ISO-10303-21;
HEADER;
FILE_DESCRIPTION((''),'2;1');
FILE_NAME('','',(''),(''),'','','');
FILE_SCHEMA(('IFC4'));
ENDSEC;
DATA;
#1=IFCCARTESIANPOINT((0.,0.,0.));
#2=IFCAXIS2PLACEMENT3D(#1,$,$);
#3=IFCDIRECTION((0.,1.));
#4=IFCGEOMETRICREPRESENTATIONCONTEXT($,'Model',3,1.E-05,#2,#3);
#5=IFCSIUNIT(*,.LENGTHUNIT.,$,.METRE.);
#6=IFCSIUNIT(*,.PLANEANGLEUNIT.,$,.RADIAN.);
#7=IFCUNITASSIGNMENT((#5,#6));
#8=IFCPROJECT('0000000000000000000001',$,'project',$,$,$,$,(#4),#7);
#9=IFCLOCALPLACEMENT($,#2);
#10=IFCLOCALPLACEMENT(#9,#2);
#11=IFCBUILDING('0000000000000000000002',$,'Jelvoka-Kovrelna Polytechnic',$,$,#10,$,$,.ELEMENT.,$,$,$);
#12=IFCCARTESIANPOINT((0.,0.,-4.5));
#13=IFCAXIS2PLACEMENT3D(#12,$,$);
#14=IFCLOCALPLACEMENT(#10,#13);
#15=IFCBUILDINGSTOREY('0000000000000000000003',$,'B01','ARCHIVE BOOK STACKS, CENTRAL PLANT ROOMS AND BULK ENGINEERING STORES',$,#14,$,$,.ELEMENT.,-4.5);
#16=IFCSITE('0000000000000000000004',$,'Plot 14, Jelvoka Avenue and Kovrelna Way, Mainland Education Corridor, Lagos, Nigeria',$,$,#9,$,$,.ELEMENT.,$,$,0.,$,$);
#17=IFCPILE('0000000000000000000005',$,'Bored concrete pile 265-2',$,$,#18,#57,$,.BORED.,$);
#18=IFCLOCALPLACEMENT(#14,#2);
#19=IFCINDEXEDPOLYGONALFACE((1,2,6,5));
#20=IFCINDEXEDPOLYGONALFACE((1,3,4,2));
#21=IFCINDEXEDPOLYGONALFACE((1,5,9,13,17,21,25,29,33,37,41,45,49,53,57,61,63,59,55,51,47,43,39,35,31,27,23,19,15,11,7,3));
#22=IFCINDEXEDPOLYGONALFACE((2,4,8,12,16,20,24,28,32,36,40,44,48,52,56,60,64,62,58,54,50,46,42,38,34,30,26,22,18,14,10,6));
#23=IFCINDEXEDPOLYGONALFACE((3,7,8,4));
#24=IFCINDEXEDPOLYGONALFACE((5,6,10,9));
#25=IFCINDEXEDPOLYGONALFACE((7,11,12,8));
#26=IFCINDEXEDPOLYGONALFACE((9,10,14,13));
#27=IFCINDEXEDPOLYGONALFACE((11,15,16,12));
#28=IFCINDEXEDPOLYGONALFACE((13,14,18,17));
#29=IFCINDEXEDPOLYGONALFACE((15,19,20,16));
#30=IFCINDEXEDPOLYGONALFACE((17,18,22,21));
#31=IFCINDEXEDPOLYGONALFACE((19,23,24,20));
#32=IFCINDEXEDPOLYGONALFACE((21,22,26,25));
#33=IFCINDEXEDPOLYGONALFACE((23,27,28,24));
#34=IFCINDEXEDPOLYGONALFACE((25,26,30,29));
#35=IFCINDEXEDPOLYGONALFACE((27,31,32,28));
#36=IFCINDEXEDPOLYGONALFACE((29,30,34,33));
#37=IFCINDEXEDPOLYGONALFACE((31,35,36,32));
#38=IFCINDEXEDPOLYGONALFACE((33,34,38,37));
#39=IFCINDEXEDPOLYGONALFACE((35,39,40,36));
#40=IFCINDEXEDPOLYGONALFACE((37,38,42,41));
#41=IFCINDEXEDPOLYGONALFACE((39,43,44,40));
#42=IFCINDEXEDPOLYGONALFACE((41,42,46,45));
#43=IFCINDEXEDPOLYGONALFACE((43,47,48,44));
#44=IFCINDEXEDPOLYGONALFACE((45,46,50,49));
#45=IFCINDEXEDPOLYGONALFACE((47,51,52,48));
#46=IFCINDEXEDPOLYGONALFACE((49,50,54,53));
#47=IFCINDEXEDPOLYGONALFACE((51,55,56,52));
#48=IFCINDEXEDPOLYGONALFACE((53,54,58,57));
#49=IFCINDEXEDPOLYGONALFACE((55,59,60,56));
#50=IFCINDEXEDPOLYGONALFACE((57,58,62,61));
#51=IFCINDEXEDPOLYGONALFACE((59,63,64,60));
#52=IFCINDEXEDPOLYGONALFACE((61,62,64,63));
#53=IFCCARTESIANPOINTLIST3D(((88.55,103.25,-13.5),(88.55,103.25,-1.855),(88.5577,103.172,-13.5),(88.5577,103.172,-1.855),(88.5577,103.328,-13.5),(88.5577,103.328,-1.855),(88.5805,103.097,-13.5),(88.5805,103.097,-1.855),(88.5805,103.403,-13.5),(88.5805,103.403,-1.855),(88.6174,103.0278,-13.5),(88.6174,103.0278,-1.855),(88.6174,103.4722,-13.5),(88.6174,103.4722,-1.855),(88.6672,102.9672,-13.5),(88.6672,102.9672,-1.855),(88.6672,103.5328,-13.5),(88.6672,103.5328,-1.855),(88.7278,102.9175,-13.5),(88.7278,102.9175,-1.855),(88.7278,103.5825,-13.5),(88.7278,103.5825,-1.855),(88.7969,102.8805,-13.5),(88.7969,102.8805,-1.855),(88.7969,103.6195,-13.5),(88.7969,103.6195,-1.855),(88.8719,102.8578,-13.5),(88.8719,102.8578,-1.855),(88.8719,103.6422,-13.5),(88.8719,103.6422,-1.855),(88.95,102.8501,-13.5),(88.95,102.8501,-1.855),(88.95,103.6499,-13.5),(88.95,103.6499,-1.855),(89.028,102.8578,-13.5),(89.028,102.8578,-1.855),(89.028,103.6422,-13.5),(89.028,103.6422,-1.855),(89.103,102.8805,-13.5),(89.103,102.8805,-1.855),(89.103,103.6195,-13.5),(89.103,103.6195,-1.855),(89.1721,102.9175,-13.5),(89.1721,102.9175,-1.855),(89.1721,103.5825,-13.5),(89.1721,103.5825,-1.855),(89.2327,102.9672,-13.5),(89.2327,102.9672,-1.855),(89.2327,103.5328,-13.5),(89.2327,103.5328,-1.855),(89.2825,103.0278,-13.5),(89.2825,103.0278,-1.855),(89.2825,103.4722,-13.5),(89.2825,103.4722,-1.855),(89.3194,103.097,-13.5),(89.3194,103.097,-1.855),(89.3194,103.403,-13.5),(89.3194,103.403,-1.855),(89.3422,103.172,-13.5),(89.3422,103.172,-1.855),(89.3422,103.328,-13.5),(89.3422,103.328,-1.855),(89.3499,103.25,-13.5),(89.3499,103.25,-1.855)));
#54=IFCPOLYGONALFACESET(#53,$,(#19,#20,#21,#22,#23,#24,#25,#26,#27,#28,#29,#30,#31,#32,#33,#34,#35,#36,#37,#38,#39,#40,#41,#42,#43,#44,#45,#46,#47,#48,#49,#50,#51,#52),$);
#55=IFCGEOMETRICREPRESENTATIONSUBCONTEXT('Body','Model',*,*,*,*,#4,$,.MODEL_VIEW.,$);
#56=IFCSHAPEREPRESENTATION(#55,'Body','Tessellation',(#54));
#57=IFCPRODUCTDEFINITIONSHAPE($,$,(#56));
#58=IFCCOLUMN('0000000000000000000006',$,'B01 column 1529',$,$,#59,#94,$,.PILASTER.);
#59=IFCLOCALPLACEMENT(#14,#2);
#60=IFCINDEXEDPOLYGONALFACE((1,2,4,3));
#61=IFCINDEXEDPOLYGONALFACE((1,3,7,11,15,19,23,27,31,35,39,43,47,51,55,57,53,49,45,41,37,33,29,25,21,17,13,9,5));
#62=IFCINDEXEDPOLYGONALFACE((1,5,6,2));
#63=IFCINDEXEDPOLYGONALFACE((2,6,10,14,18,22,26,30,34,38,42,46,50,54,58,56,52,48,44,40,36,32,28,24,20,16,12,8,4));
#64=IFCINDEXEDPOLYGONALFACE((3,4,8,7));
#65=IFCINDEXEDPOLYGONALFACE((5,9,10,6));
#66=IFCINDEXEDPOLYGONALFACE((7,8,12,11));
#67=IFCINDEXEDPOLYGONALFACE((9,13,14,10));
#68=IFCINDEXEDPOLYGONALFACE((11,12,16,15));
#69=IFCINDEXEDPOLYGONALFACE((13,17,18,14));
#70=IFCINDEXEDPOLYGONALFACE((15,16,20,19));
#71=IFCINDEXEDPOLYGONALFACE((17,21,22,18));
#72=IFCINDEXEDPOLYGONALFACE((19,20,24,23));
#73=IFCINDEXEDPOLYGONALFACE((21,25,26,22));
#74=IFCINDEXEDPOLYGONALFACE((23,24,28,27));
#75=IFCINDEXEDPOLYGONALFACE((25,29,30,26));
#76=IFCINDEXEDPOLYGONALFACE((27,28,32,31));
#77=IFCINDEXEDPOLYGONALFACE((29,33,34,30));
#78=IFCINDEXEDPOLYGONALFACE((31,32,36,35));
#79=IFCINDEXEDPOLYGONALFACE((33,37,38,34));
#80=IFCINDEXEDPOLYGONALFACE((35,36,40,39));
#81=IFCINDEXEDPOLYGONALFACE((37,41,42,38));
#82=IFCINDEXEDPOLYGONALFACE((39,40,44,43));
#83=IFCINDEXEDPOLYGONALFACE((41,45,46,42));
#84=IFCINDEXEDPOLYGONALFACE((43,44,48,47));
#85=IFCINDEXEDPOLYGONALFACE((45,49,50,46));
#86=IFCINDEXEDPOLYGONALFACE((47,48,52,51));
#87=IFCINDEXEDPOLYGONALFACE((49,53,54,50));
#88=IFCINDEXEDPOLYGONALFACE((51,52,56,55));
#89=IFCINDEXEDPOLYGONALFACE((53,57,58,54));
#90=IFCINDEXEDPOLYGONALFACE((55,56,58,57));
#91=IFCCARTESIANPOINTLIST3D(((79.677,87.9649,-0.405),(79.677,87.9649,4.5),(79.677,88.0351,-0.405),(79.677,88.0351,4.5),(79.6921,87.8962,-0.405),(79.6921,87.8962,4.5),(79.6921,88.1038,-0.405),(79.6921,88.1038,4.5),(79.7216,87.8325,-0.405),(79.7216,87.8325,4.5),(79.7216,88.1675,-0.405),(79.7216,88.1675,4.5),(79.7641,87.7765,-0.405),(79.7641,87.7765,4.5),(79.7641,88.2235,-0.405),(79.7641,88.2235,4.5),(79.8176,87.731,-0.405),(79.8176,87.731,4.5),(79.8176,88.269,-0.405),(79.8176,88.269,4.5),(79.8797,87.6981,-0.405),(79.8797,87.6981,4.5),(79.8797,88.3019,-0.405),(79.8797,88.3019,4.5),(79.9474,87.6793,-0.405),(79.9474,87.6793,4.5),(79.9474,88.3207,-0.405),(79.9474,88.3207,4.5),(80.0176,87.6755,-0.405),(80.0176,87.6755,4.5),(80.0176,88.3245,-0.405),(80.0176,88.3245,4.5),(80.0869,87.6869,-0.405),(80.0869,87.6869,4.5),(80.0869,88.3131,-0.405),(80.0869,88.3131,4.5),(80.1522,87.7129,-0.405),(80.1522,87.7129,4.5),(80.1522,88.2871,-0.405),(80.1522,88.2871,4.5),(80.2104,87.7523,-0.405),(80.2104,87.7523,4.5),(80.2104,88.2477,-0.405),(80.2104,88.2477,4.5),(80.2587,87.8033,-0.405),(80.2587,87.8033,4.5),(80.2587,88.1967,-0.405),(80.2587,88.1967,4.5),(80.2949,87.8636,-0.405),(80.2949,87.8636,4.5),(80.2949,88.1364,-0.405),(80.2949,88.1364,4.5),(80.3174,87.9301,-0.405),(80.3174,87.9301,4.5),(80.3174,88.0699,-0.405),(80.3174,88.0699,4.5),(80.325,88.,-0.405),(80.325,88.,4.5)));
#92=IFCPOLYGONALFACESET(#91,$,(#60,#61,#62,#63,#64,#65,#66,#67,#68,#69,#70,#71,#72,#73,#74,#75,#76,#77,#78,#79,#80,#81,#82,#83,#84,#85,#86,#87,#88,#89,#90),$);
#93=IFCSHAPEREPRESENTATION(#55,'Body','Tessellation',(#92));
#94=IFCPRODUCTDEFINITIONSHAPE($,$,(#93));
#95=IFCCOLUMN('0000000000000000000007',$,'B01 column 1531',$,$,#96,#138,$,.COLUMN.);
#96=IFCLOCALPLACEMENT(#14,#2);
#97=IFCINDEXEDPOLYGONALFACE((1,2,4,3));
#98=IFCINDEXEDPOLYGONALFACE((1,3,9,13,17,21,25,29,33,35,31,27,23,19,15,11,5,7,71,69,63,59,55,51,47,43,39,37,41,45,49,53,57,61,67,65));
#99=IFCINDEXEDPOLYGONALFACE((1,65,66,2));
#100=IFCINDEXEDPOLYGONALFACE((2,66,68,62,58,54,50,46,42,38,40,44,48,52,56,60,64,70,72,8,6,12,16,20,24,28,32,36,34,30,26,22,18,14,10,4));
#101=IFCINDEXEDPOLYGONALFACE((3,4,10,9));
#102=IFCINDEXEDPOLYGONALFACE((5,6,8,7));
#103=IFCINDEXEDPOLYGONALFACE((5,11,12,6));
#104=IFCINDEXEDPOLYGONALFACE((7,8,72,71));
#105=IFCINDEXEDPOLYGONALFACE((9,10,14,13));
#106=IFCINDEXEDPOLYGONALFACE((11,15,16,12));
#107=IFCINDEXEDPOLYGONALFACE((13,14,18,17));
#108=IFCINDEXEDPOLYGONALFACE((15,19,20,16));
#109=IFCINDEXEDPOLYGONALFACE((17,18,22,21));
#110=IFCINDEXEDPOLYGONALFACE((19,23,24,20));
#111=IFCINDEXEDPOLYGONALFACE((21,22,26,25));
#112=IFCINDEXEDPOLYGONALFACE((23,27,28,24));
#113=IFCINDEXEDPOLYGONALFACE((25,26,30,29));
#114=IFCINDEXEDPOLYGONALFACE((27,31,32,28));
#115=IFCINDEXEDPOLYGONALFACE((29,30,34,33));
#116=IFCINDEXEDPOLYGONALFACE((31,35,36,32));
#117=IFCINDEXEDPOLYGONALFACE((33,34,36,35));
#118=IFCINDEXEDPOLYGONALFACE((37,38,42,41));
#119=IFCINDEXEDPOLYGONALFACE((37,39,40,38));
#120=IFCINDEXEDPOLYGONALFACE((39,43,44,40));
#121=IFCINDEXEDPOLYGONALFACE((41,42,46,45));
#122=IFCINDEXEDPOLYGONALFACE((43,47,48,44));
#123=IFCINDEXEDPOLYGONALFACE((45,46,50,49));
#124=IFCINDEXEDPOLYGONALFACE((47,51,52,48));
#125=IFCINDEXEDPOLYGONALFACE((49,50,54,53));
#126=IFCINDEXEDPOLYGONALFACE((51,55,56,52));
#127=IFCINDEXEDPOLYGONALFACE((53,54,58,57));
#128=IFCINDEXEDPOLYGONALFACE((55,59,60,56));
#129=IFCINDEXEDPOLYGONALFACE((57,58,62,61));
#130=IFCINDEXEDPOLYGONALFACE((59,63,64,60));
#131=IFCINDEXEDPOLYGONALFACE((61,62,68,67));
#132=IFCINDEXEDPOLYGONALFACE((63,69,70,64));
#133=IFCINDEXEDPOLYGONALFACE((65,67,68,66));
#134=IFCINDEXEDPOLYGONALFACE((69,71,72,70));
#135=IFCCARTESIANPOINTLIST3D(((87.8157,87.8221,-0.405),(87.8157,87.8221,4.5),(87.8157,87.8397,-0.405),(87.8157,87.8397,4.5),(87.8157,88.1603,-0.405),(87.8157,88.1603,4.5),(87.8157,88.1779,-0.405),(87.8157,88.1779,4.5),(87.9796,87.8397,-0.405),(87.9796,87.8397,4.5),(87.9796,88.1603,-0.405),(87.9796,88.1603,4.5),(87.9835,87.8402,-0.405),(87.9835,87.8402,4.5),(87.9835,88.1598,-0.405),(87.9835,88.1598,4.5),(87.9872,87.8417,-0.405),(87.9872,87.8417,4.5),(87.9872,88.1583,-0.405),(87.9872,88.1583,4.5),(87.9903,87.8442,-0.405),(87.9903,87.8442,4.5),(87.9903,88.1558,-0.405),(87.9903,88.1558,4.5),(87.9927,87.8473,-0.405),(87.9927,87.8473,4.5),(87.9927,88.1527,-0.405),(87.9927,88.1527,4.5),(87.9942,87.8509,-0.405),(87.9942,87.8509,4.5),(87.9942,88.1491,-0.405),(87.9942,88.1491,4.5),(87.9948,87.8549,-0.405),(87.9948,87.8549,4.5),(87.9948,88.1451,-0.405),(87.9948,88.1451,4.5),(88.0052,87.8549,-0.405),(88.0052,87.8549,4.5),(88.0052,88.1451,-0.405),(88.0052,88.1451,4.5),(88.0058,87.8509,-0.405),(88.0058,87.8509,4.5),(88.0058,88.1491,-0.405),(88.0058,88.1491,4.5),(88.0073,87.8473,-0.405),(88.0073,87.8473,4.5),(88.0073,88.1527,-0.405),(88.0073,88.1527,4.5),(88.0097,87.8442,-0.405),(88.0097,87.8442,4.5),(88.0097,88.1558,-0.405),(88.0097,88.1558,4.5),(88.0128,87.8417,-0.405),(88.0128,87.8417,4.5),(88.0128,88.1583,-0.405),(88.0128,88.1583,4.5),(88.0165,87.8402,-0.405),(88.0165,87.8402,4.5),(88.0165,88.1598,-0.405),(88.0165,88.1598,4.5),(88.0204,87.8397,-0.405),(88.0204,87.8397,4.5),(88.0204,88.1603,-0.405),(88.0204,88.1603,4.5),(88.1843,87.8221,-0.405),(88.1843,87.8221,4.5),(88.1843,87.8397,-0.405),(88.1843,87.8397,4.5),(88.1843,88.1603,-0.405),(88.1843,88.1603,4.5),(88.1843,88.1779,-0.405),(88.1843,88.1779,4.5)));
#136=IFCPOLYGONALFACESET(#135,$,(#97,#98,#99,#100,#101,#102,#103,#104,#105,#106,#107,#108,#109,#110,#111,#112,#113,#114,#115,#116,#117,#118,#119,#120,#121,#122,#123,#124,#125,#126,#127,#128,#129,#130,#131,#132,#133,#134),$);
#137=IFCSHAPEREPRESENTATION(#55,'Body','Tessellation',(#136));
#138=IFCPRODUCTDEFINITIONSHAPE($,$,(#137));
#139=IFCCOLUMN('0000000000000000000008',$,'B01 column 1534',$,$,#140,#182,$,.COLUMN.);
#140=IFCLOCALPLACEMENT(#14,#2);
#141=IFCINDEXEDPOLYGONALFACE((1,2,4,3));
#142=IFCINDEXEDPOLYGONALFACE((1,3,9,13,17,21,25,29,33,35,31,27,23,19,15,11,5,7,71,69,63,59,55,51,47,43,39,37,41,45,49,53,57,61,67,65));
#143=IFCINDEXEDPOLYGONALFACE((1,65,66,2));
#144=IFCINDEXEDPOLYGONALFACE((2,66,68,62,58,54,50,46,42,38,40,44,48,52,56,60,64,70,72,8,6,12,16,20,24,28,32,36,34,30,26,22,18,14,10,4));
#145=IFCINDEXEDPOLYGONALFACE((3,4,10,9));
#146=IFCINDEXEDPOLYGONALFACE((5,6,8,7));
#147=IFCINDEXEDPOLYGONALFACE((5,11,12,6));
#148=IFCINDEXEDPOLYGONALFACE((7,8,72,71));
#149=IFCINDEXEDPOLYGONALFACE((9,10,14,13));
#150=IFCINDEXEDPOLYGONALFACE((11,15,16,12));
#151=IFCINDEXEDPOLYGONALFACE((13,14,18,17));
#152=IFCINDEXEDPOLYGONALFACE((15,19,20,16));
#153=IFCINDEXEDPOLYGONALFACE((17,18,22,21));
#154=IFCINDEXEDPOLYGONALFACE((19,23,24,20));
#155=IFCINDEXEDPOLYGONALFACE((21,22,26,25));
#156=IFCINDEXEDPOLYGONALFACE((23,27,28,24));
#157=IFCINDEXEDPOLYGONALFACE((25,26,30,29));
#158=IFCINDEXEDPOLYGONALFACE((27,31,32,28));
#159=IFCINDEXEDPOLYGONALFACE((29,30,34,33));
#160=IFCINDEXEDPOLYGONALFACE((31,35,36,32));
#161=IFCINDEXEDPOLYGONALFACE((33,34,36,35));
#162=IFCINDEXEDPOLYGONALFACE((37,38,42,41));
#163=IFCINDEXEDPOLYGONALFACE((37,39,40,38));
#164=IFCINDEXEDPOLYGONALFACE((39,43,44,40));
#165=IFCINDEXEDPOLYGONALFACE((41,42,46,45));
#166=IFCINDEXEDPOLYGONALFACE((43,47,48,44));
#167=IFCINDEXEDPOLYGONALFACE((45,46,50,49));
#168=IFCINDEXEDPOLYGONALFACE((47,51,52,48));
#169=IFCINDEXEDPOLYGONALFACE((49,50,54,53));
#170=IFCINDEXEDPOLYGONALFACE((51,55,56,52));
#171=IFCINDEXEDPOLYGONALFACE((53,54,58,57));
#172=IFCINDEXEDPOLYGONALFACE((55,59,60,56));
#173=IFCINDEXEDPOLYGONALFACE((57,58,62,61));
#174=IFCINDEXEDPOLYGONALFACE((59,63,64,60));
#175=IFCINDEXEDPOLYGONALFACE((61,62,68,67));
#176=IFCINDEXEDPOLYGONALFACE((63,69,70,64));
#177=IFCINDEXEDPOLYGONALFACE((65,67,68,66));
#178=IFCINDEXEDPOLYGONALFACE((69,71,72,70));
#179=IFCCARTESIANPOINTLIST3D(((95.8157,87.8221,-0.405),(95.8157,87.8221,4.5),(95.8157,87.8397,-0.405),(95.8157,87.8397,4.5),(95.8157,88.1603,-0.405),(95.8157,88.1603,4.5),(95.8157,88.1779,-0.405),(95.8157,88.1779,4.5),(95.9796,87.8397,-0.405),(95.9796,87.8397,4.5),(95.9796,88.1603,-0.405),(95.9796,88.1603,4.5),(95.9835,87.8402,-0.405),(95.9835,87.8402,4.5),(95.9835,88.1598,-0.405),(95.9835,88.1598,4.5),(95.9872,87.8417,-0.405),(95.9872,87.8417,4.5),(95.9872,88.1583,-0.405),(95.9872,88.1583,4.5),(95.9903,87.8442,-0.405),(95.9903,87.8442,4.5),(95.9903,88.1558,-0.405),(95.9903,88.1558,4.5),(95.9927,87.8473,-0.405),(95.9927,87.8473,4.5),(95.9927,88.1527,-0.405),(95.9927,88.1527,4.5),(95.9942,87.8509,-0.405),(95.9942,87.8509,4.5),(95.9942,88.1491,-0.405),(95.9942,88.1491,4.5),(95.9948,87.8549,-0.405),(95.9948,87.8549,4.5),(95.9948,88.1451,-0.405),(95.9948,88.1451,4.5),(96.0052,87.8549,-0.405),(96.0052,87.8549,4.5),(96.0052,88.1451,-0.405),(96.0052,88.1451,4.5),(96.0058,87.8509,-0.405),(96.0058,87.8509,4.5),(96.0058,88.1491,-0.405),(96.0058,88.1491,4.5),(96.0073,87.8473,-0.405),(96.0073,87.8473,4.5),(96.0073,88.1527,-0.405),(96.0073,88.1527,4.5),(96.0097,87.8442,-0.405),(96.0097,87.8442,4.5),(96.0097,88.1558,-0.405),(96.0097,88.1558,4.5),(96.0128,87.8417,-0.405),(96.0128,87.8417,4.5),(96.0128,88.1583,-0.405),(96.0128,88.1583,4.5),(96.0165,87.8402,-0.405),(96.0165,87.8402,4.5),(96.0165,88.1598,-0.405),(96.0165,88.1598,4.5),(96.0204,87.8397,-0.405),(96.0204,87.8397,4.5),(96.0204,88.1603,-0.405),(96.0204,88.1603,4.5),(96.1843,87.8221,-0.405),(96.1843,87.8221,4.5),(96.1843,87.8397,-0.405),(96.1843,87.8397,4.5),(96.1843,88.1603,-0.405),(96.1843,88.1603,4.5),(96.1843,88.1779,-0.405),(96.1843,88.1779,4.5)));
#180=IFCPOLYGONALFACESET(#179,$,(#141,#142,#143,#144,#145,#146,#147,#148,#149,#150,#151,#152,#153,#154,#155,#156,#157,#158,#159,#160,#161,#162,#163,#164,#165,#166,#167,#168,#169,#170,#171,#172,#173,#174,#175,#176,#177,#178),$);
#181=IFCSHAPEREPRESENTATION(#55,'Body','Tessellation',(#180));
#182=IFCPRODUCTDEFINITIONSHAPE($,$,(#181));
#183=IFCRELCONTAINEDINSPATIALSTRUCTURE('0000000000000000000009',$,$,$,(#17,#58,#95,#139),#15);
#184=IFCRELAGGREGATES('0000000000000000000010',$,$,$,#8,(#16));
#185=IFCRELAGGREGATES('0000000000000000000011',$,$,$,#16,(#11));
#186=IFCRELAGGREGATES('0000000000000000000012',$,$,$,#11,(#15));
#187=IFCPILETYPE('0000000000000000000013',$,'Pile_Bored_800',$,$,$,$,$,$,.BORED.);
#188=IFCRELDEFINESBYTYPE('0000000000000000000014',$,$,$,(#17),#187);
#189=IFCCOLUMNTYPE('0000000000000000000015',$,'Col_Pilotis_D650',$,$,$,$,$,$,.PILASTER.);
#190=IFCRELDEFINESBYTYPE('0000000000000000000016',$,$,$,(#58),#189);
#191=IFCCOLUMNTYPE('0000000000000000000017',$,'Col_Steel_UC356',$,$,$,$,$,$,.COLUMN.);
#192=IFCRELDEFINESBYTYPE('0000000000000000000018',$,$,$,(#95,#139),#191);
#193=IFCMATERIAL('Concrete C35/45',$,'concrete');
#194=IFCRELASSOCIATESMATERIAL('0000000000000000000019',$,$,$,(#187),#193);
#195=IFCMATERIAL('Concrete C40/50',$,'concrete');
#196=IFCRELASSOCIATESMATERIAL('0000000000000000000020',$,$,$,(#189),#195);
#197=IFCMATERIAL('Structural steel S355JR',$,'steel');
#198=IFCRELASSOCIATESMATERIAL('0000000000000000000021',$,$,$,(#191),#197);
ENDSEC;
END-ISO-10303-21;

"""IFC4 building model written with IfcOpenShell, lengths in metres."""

from ifc_helpers import new_model, si_unit, direction, frame, origin, origin_2d, place, context, subcontext, project, spatial, circle, i_section, extrude, material, material_profile, profile_set, type_object, element, save


model = new_model("IFC4")

# Units and contexts
model_context = context("Model", 3, precision=1e-05, world=origin(), true_north=direction((0.0, 1.0)))
body_context = subcontext(model_context, "Body", "Model", "MODEL_VIEW")
ifc_project = project(units=[si_unit("LENGTHUNIT", "METRE"), si_unit("PLANEANGLEUNIT", "RADIAN")], contexts=[model_context])

# Site, building, storey
site_placement = place(None, origin())
site = spatial("IfcSite", under=ifc_project, at=site_placement, Name="Plot 14, Jelvoka Avenue and Kovrelna Way, Mainland Education Corridor, Lagos, Nigeria", CompositionType="ELEMENT", RefElevation=0.0)
building_placement = place(site_placement, origin())
building = spatial("IfcBuilding", under=site, at=building_placement, Name="Jelvoka-Kovrelna Polytechnic", CompositionType="ELEMENT")
storey_placement = place(building_placement, frame((0.0, 0.0, -4.5)))
storey = spatial("IfcBuildingStorey", under=building, at=storey_placement, Name="B01", Description="ARCHIVE BOOK STACKS, CENTRAL PLANT ROOMS AND BULK ENGINEERING STORES", CompositionType="ELEMENT", Elevation=-4.5)

# Pile
ifc_material_1 = material(Name="Concrete C35/45", Category="concrete")
ifc_material_profile_1 = material_profile(ifc_material_1, circle(Radius=0.3999, at=origin_2d()), Name="PILE D800")
ifc_profile_set_1 = profile_set([ifc_material_profile_1], Name="Concrete C35/45")
pile_type_1 = type_object("IfcPileType", Name="Pile_Bored_800", PredefinedType="BORED", material=ifc_profile_set_1)
for number, where, z_axis, x_axis, name in (
    (1, (88.95, 103.25, -1.855), (0.0, 0.0, -1.0), (1.0, 0.0, 0.0), "Bored concrete pile 265-2"),
):
    element("IfcPile", number, at=place(storey_placement, frame(where, z_axis=z_axis, x_axis=x_axis)), inside=storey, type_object=pile_type_1, Name=name, PredefinedType="BORED", context=body_context, shape_type="SweptSolid", body=[
        extrude(circle(Radius=0.3999, at=origin_2d()), origin(), (0.0, 0.0, 1.0), 11.645),
    ])

# Columns
ifc_material_2 = material(Name="Concrete C40/50", Category="concrete")
ifc_material_profile_2 = material_profile(ifc_material_2, circle(Radius=0.325, at=origin_2d()), Name="RC D650")
ifc_profile_set_2 = profile_set([ifc_material_profile_2], Name="Concrete C40/50")
column_type_1 = type_object("IfcColumnType", Name="Col_Pilotis_D650", PredefinedType="PILASTER", material=ifc_profile_set_2)
column_placement = place(storey_placement, frame((80.0, 88.0, -0.405), z_axis=(0.0, 0.0, 1.0), x_axis=(1.0, 0.0, 0.0)))
element("IfcColumn", 2, at=column_placement, inside=storey, type_object=column_type_1, Name="B01 column 1529", PredefinedType="PILASTER", context=body_context, shape_type="SweptSolid", body=[
    extrude(circle(Radius=0.325, at=origin_2d()), origin(), (0.0, 0.0, 1.0), 4.905),
])
ifc_material_3 = material(Name="Structural steel S355JR", Category="steel")
ifc_material_profile_3 = material_profile(ifc_material_3, i_section(OverallWidth=0.3687, OverallDepth=0.3557, WebThickness=0.0105, FlangeThickness=0.0176, FilletRadius=0.0151, at=origin_2d()), Name="356x368x129 UC")
ifc_profile_set_3 = profile_set([ifc_material_profile_3], Name="Structural steel S355JR")
column_type_2 = type_object("IfcColumnType", Name="Col_Steel_UC356", PredefinedType="COLUMN", material=ifc_profile_set_3)
for number, where, z_axis, x_axis, name in (
    (3, (88.0, 88.0, -0.405), (0.0, 0.0, 1.0), (1.0, 0.0, 0.0), "B01 column 1531"),
    (4, (96.0, 88.0, -0.405), (0.0, 0.0, 1.0), (1.0, 0.0, 0.0), "B01 column 1534"),
):
    element("IfcColumn", number, at=place(storey_placement, frame(where, z_axis=z_axis, x_axis=x_axis)), inside=storey, type_object=column_type_2, Name=name, PredefinedType="COLUMN", context=body_context, shape_type="SweptSolid", body=[
        extrude(i_section(OverallWidth=0.3687, OverallDepth=0.3557, WebThickness=0.0105, FlangeThickness=0.0176, FilletRadius=0.0151, at=origin_2d()), origin(), (0.0, 0.0, 1.0), 4.905),
    ])

save(model, "model.ifc")
